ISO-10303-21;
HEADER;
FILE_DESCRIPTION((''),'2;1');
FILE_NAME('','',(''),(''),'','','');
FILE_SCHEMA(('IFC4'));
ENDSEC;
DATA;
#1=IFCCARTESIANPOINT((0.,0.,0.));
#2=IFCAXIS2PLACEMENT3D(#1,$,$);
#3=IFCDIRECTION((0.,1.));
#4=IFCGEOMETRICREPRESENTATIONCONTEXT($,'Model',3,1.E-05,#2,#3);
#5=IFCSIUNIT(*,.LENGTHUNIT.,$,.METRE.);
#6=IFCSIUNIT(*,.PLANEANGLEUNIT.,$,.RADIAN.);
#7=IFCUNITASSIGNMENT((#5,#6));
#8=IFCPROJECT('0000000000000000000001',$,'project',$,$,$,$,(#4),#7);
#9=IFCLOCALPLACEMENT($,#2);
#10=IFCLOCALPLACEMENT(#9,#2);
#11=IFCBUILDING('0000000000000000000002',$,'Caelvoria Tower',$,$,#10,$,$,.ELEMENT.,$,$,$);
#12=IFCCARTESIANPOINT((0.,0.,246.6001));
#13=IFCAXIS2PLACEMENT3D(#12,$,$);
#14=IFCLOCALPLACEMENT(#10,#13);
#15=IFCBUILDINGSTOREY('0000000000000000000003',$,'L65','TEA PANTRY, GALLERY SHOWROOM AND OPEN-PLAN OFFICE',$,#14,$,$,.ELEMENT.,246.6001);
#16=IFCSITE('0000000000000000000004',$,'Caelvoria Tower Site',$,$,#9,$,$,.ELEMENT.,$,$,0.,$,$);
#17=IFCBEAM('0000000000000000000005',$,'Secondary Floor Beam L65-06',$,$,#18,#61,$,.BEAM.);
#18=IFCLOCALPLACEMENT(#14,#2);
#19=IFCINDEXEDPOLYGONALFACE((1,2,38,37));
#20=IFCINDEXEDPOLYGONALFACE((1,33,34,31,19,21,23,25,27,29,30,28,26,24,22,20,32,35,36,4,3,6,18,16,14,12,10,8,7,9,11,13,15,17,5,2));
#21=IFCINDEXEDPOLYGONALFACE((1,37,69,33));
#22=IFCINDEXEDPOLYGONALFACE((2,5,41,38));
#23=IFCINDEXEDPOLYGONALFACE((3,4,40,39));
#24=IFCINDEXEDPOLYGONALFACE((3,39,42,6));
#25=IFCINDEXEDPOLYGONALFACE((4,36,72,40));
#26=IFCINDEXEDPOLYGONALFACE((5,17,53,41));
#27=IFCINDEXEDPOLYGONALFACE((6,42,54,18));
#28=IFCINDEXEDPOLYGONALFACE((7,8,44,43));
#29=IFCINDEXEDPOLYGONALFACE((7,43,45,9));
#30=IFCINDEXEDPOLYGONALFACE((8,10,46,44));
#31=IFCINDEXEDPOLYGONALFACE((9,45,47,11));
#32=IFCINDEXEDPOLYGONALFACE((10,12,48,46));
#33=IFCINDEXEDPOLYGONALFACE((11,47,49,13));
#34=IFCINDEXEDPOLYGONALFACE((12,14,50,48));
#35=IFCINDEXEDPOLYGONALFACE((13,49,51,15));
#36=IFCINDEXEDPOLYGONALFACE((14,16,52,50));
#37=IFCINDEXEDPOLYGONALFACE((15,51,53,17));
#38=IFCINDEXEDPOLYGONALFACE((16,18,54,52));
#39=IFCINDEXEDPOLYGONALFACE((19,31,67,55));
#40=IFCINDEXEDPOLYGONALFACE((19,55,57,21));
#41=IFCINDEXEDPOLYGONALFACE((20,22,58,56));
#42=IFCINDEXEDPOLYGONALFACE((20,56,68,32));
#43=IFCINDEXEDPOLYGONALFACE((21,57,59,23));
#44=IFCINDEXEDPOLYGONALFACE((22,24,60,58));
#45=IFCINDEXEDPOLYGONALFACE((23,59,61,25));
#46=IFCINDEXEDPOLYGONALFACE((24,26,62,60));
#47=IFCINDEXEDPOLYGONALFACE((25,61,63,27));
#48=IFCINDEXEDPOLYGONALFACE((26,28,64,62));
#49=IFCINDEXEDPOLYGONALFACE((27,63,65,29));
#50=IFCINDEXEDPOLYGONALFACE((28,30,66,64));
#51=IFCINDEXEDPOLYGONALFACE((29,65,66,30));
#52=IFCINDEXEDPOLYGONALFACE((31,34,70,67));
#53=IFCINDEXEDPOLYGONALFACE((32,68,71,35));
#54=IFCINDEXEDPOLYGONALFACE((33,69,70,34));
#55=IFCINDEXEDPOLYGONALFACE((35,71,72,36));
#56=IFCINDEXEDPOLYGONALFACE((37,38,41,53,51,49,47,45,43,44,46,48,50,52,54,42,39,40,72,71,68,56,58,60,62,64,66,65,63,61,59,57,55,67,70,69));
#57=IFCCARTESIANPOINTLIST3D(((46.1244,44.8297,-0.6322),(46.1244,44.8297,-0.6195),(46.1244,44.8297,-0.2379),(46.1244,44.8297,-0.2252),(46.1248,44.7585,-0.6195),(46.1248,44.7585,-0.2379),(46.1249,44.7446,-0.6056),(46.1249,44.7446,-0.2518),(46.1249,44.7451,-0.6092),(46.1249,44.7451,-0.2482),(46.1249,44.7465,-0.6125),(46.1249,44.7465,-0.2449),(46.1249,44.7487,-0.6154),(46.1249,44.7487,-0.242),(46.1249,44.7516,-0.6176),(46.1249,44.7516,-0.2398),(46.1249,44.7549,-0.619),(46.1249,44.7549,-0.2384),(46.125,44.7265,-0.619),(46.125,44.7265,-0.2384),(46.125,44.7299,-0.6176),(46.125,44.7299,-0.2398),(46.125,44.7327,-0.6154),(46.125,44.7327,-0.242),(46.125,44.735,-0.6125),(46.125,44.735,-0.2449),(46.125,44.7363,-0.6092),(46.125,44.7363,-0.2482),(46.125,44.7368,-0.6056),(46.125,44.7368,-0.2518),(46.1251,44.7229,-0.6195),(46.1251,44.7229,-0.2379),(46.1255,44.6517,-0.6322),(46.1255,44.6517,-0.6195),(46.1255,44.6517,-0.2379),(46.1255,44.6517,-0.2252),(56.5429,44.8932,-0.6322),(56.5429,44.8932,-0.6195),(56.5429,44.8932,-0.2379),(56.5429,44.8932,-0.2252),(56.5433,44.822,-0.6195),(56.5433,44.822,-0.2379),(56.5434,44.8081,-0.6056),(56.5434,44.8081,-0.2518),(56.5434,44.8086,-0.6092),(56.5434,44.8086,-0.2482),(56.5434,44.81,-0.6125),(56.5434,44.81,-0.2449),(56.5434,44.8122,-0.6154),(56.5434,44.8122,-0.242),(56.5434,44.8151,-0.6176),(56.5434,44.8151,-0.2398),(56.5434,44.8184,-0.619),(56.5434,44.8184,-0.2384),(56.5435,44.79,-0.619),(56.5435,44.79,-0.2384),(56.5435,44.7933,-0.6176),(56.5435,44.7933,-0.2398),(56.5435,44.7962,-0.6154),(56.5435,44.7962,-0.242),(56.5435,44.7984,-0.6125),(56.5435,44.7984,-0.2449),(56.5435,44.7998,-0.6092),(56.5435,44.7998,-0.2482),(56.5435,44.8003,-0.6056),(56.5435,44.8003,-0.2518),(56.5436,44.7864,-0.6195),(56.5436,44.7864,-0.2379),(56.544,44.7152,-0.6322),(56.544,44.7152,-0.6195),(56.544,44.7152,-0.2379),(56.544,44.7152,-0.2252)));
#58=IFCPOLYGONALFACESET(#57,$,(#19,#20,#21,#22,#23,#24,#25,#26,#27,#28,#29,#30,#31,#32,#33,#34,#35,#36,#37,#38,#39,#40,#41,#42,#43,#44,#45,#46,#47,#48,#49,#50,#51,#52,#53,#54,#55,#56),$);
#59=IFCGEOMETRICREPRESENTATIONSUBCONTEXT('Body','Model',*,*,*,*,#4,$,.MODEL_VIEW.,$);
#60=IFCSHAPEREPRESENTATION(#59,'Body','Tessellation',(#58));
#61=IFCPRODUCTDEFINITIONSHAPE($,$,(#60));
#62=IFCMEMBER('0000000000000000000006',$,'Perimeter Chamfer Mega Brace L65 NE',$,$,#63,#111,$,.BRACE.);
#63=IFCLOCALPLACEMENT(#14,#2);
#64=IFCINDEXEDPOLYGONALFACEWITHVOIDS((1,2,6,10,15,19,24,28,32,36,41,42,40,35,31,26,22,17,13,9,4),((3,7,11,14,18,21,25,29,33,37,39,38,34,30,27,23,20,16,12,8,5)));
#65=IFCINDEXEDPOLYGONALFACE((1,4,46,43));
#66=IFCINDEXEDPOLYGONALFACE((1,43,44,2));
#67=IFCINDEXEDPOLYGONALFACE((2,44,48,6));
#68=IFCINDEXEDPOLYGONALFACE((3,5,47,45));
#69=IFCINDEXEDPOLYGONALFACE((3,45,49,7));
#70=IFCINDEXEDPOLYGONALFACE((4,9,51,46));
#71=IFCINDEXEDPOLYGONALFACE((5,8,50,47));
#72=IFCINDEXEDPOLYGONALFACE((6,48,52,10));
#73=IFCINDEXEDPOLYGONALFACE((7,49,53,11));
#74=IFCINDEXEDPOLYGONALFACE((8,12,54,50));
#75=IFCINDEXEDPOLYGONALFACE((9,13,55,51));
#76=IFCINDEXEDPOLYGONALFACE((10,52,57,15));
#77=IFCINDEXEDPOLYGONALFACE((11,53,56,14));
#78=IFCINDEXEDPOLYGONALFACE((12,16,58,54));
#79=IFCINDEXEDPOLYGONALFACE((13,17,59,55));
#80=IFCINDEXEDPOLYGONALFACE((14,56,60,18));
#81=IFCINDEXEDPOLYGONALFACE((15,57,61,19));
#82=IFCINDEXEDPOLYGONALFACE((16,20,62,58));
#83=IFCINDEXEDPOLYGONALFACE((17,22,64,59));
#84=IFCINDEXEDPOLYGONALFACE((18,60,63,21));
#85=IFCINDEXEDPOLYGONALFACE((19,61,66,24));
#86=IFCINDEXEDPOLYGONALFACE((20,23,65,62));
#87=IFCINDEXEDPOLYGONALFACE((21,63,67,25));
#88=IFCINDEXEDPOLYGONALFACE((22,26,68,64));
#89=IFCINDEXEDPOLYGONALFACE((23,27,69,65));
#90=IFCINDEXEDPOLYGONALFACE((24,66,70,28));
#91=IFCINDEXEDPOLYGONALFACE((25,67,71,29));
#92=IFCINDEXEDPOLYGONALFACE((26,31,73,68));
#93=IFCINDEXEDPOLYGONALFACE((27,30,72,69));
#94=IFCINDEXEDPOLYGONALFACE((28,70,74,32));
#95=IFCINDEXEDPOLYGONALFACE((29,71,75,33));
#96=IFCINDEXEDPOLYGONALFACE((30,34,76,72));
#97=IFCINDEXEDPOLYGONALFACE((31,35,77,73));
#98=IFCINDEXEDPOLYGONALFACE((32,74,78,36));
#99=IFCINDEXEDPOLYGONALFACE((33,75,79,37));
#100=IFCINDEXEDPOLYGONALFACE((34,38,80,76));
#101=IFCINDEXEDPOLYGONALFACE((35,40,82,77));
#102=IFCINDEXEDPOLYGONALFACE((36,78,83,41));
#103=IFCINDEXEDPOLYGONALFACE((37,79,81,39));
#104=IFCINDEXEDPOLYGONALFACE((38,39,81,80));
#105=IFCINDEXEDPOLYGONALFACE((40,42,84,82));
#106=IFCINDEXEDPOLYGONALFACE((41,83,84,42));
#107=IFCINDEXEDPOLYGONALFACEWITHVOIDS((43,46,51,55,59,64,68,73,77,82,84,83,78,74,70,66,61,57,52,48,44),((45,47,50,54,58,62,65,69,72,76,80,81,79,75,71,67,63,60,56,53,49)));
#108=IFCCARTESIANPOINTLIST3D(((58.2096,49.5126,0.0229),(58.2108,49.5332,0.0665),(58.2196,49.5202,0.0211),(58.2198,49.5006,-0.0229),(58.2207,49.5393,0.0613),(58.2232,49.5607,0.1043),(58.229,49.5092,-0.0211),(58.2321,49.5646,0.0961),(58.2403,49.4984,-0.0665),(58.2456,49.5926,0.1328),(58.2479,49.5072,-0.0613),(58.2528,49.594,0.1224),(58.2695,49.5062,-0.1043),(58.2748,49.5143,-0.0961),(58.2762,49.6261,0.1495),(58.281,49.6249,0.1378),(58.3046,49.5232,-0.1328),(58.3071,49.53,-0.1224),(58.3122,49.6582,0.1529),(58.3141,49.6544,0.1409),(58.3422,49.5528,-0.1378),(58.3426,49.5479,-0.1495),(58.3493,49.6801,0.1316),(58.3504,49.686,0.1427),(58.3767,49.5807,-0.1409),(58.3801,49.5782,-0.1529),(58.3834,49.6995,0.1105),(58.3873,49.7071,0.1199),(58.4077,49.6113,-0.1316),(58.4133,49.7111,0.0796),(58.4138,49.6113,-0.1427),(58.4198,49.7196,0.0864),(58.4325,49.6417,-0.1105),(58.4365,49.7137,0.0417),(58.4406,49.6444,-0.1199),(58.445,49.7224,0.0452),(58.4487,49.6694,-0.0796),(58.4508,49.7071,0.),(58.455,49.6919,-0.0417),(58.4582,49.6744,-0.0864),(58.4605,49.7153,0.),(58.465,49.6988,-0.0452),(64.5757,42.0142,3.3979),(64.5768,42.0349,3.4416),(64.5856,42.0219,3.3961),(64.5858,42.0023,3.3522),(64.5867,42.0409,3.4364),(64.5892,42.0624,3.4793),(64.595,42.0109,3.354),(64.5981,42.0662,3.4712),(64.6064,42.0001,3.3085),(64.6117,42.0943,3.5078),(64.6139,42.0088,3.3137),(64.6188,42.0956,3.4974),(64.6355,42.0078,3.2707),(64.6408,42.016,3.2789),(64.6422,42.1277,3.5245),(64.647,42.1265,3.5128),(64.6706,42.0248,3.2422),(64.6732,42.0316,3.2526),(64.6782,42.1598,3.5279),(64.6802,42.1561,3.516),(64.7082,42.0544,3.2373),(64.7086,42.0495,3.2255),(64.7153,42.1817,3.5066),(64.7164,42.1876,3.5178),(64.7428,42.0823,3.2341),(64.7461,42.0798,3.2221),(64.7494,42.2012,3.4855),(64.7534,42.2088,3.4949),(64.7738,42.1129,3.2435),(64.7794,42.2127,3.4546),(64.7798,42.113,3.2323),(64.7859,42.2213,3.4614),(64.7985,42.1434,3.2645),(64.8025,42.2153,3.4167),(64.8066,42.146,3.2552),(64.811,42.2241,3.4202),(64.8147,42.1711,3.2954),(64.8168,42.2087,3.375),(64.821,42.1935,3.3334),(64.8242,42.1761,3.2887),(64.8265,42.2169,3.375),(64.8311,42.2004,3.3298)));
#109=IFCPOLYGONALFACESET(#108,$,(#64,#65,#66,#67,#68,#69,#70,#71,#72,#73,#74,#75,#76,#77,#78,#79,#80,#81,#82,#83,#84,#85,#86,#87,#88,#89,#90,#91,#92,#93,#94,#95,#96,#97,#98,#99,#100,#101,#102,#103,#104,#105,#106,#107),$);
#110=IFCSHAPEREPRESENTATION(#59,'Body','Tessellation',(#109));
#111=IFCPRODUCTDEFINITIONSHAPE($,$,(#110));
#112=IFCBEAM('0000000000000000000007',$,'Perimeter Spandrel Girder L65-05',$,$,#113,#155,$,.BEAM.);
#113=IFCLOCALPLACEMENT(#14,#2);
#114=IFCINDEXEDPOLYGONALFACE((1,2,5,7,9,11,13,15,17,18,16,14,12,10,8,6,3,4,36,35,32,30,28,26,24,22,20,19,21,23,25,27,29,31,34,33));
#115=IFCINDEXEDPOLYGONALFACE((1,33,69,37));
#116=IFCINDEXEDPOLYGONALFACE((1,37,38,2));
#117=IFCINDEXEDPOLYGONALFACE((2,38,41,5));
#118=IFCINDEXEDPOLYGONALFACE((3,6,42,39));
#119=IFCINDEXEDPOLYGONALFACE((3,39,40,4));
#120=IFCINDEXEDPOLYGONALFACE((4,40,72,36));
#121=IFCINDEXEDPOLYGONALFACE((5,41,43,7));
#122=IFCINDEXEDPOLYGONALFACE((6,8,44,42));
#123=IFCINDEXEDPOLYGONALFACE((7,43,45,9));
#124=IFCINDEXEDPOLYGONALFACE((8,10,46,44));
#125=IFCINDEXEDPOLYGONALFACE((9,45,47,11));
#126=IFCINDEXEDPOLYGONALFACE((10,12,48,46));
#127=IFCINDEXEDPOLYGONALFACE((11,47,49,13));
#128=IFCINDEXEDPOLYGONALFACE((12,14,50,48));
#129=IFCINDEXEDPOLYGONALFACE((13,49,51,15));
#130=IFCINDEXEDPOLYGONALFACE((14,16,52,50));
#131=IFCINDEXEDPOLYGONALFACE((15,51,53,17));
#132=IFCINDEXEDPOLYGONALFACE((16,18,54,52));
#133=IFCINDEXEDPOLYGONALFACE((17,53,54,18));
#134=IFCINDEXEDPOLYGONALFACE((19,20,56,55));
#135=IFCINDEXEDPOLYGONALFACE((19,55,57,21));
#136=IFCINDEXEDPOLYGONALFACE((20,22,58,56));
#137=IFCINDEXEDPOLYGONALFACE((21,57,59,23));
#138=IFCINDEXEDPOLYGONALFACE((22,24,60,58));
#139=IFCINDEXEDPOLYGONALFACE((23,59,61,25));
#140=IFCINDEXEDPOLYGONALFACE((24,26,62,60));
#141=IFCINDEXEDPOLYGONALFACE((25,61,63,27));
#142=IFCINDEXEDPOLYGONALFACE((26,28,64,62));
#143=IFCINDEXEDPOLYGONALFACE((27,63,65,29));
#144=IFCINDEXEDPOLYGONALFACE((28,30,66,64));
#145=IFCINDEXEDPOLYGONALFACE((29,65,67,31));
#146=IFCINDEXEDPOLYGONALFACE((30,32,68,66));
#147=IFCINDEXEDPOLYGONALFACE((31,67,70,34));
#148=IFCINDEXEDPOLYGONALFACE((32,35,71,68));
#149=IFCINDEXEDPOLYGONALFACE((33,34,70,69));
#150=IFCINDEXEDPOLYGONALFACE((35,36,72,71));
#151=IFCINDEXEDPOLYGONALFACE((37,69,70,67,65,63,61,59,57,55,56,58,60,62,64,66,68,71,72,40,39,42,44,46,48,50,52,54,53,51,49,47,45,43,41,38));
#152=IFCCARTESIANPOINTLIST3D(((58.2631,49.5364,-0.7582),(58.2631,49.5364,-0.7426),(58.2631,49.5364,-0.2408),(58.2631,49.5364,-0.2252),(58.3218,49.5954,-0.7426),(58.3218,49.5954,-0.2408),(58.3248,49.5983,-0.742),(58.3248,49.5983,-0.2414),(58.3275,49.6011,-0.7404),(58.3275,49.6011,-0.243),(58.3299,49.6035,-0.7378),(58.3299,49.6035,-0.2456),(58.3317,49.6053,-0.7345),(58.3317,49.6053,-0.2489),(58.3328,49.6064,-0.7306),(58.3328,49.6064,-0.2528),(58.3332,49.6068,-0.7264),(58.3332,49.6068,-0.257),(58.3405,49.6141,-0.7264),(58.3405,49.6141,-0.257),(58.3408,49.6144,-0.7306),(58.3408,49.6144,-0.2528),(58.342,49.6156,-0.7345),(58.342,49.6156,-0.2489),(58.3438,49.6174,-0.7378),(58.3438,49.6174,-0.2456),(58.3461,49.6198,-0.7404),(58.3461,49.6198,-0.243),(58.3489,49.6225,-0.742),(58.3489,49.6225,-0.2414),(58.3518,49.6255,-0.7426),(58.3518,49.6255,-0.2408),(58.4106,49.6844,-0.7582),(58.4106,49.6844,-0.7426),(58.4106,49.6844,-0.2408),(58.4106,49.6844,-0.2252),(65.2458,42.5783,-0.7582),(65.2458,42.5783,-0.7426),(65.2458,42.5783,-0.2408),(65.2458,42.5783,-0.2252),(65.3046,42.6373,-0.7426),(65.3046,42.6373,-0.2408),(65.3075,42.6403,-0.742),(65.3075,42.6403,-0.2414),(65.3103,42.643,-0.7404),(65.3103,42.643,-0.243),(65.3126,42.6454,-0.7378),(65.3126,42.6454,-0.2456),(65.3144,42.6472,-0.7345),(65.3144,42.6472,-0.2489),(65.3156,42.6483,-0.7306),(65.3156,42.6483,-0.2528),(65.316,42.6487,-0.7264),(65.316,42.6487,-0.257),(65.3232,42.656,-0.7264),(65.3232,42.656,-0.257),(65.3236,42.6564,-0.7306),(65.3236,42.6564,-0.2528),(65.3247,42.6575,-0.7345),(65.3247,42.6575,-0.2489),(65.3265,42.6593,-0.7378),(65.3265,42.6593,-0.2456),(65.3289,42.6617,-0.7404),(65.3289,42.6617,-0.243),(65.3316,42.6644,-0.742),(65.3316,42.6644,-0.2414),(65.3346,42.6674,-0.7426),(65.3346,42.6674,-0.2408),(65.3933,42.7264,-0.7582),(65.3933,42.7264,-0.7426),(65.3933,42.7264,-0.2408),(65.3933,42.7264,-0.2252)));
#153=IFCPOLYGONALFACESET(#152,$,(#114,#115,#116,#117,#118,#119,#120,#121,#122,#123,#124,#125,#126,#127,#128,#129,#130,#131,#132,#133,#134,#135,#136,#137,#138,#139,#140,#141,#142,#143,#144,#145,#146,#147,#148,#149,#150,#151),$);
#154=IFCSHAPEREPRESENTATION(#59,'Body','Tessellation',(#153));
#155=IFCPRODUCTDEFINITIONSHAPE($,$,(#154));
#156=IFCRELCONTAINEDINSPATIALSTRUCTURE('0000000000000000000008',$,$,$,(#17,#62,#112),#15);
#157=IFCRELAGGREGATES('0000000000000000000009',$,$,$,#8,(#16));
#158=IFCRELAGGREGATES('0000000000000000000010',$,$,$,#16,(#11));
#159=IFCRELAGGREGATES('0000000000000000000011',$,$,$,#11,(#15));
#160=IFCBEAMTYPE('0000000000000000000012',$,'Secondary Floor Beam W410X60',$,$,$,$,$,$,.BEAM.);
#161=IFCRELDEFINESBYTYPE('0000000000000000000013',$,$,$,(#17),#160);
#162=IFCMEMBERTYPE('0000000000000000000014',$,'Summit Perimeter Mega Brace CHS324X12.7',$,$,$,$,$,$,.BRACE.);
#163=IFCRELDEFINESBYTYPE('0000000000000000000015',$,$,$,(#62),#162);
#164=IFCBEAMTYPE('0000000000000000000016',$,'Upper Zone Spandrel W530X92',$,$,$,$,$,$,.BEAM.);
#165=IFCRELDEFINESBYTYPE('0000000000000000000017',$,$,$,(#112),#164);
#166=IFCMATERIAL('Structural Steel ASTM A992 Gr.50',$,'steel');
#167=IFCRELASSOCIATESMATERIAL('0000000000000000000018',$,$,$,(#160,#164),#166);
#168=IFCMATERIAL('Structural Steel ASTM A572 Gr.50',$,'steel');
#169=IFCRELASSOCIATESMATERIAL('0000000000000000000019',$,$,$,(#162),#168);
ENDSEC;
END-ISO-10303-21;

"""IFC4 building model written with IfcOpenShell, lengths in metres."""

from ifc_helpers import new_model, si_unit, direction, frame, origin, origin_2d, place, context, subcontext, project, spatial, hollow_circle, i_section, extrude, material, material_profile, profile_set, type_object, element, save


model = new_model("IFC4")

# Units and contexts
model_context = context("Model", 3, precision=1e-05, world=origin(), true_north=direction((0.0, 1.0)))
body_context = subcontext(model_context, "Body", "Model", "MODEL_VIEW")
ifc_project = project(units=[si_unit("LENGTHUNIT", "METRE"), si_unit("PLANEANGLEUNIT", "RADIAN")], contexts=[model_context])

# Site, building, storey
site_placement = place(None, origin())
site = spatial("IfcSite", under=ifc_project, at=site_placement, Name="Caelvoria Tower Site", CompositionType="ELEMENT", RefElevation=0.0)
building_placement = place(site_placement, origin())
building = spatial("IfcBuilding", under=site, at=building_placement, Name="Caelvoria Tower", CompositionType="ELEMENT")
storey_placement = place(building_placement, frame((0.0, 0.0, 246.6001)))
storey = spatial("IfcBuildingStorey", under=building, at=storey_placement, Name="L65", Description="TEA PANTRY, GALLERY SHOWROOM AND OPEN-PLAN OFFICE", CompositionType="ELEMENT", Elevation=246.6001)

# Shared definitions
ifc_material_1 = material(Name="Structural Steel ASTM A572 Gr.50", Category="steel")

# Beam
ifc_material_2 = material(Name="Structural Steel ASTM A992 Gr.50", Category="steel")
ifc_material_profile_1 = material_profile(ifc_material_2, i_section(OverallWidth=0.178, OverallDepth=0.407, WebThickness=0.0078, FlangeThickness=0.0127, FilletRadius=0.0139, at=origin_2d()), Name="Structural Steel ASTM A992 Gr.50")
ifc_profile_set_1 = profile_set([ifc_material_profile_1], Name="W410X60 - Structural Steel ASTM A992 Gr.50")
beam_type_1 = type_object("IfcBeamType", Name="Secondary Floor Beam W410X60", PredefinedType="BEAM", material=ifc_profile_set_1)
beam_1_placement = place(storey_placement, frame((56.5435, 44.8042, -0.4287), z_axis=(-0.999981, -0.006093, 0.0), x_axis=(0.006093, -0.999981, 0.0)))
element("IfcBeam", 1, at=beam_1_placement, inside=storey, type_object=beam_type_1, Name="Secondary Floor Beam L65-06", PredefinedType="BEAM", context=body_context, shape_type="SweptSolid", body=[
    extrude(i_section(OverallWidth=0.178, OverallDepth=0.407, WebThickness=0.0078, FlangeThickness=0.0127, FilletRadius=0.0139, at=origin_2d()), origin(), (0.0, 0.0, 1.0), 10.4187),
])

# Member
ifc_material_profile_2 = material_profile(ifc_material_1, hollow_circle(Radius=0.1621, WallThickness=0.0127, at=origin_2d()), Name="Structural Steel ASTM A572 Gr.50")
ifc_profile_set_2 = profile_set([ifc_material_profile_2], Name="CHS324X12.7 - Structural Steel ASTM A572 Gr.50")
member_type = type_object("IfcMemberType", Name="Summit Perimeter Mega Brace CHS324X12.7", PredefinedType="BRACE", material=ifc_profile_set_2)
member_placement = place(storey_placement, frame((58.3369, 49.6104, 0.0), z_axis=(0.612167, -0.721054, 0.324548), x_axis=(0.762319, 0.647201, 0.0)))
element("IfcMember", 2, at=member_placement, inside=storey, type_object=member_type, Name="Perimeter Chamfer Mega Brace L65 NE", PredefinedType="BRACE", context=body_context, shape_type="SweptSolid", body=[
    extrude(hollow_circle(Radius=0.1621, WallThickness=0.0127, at=origin_2d()), origin(), (0.0, 0.0, 1.0), 10.3992),
])

# Beam
ifc_material_profile_3 = material_profile(ifc_material_2, i_section(OverallWidth=0.209, OverallDepth=0.533, WebThickness=0.0103, FlangeThickness=0.0156, FilletRadius=0.0161, at=origin_2d()), Name="Structural Steel ASTM A992 Gr.50")
ifc_profile_set_3 = profile_set([ifc_material_profile_3], Name="W530X92 - Structural Steel ASTM A992 Gr.50")
beam_type_2 = type_object("IfcBeamType", Name="Upper Zone Spandrel W530X92", PredefinedType="BEAM", material=ifc_profile_set_3)
beam_2_placement = place(storey_placement, frame((65.3196, 42.6523, -0.4917), z_axis=(-0.708356, 0.705855, 0.0), x_axis=(-0.705855, -0.708356, 0.0)))
element("IfcBeam", 3, at=beam_2_placement, inside=storey, type_object=beam_type_2, Name="Perimeter Spandrel Girder L65-05", PredefinedType="BEAM", context=body_context, shape_type="SweptSolid", body=[
    extrude(i_section(OverallWidth=0.209, OverallDepth=0.533, WebThickness=0.0103, FlangeThickness=0.0156, FilletRadius=0.0161, at=origin_2d()), origin(), (0.0, 0.0, 1.0), 9.8577),
])

save(model, "model.ifc")
